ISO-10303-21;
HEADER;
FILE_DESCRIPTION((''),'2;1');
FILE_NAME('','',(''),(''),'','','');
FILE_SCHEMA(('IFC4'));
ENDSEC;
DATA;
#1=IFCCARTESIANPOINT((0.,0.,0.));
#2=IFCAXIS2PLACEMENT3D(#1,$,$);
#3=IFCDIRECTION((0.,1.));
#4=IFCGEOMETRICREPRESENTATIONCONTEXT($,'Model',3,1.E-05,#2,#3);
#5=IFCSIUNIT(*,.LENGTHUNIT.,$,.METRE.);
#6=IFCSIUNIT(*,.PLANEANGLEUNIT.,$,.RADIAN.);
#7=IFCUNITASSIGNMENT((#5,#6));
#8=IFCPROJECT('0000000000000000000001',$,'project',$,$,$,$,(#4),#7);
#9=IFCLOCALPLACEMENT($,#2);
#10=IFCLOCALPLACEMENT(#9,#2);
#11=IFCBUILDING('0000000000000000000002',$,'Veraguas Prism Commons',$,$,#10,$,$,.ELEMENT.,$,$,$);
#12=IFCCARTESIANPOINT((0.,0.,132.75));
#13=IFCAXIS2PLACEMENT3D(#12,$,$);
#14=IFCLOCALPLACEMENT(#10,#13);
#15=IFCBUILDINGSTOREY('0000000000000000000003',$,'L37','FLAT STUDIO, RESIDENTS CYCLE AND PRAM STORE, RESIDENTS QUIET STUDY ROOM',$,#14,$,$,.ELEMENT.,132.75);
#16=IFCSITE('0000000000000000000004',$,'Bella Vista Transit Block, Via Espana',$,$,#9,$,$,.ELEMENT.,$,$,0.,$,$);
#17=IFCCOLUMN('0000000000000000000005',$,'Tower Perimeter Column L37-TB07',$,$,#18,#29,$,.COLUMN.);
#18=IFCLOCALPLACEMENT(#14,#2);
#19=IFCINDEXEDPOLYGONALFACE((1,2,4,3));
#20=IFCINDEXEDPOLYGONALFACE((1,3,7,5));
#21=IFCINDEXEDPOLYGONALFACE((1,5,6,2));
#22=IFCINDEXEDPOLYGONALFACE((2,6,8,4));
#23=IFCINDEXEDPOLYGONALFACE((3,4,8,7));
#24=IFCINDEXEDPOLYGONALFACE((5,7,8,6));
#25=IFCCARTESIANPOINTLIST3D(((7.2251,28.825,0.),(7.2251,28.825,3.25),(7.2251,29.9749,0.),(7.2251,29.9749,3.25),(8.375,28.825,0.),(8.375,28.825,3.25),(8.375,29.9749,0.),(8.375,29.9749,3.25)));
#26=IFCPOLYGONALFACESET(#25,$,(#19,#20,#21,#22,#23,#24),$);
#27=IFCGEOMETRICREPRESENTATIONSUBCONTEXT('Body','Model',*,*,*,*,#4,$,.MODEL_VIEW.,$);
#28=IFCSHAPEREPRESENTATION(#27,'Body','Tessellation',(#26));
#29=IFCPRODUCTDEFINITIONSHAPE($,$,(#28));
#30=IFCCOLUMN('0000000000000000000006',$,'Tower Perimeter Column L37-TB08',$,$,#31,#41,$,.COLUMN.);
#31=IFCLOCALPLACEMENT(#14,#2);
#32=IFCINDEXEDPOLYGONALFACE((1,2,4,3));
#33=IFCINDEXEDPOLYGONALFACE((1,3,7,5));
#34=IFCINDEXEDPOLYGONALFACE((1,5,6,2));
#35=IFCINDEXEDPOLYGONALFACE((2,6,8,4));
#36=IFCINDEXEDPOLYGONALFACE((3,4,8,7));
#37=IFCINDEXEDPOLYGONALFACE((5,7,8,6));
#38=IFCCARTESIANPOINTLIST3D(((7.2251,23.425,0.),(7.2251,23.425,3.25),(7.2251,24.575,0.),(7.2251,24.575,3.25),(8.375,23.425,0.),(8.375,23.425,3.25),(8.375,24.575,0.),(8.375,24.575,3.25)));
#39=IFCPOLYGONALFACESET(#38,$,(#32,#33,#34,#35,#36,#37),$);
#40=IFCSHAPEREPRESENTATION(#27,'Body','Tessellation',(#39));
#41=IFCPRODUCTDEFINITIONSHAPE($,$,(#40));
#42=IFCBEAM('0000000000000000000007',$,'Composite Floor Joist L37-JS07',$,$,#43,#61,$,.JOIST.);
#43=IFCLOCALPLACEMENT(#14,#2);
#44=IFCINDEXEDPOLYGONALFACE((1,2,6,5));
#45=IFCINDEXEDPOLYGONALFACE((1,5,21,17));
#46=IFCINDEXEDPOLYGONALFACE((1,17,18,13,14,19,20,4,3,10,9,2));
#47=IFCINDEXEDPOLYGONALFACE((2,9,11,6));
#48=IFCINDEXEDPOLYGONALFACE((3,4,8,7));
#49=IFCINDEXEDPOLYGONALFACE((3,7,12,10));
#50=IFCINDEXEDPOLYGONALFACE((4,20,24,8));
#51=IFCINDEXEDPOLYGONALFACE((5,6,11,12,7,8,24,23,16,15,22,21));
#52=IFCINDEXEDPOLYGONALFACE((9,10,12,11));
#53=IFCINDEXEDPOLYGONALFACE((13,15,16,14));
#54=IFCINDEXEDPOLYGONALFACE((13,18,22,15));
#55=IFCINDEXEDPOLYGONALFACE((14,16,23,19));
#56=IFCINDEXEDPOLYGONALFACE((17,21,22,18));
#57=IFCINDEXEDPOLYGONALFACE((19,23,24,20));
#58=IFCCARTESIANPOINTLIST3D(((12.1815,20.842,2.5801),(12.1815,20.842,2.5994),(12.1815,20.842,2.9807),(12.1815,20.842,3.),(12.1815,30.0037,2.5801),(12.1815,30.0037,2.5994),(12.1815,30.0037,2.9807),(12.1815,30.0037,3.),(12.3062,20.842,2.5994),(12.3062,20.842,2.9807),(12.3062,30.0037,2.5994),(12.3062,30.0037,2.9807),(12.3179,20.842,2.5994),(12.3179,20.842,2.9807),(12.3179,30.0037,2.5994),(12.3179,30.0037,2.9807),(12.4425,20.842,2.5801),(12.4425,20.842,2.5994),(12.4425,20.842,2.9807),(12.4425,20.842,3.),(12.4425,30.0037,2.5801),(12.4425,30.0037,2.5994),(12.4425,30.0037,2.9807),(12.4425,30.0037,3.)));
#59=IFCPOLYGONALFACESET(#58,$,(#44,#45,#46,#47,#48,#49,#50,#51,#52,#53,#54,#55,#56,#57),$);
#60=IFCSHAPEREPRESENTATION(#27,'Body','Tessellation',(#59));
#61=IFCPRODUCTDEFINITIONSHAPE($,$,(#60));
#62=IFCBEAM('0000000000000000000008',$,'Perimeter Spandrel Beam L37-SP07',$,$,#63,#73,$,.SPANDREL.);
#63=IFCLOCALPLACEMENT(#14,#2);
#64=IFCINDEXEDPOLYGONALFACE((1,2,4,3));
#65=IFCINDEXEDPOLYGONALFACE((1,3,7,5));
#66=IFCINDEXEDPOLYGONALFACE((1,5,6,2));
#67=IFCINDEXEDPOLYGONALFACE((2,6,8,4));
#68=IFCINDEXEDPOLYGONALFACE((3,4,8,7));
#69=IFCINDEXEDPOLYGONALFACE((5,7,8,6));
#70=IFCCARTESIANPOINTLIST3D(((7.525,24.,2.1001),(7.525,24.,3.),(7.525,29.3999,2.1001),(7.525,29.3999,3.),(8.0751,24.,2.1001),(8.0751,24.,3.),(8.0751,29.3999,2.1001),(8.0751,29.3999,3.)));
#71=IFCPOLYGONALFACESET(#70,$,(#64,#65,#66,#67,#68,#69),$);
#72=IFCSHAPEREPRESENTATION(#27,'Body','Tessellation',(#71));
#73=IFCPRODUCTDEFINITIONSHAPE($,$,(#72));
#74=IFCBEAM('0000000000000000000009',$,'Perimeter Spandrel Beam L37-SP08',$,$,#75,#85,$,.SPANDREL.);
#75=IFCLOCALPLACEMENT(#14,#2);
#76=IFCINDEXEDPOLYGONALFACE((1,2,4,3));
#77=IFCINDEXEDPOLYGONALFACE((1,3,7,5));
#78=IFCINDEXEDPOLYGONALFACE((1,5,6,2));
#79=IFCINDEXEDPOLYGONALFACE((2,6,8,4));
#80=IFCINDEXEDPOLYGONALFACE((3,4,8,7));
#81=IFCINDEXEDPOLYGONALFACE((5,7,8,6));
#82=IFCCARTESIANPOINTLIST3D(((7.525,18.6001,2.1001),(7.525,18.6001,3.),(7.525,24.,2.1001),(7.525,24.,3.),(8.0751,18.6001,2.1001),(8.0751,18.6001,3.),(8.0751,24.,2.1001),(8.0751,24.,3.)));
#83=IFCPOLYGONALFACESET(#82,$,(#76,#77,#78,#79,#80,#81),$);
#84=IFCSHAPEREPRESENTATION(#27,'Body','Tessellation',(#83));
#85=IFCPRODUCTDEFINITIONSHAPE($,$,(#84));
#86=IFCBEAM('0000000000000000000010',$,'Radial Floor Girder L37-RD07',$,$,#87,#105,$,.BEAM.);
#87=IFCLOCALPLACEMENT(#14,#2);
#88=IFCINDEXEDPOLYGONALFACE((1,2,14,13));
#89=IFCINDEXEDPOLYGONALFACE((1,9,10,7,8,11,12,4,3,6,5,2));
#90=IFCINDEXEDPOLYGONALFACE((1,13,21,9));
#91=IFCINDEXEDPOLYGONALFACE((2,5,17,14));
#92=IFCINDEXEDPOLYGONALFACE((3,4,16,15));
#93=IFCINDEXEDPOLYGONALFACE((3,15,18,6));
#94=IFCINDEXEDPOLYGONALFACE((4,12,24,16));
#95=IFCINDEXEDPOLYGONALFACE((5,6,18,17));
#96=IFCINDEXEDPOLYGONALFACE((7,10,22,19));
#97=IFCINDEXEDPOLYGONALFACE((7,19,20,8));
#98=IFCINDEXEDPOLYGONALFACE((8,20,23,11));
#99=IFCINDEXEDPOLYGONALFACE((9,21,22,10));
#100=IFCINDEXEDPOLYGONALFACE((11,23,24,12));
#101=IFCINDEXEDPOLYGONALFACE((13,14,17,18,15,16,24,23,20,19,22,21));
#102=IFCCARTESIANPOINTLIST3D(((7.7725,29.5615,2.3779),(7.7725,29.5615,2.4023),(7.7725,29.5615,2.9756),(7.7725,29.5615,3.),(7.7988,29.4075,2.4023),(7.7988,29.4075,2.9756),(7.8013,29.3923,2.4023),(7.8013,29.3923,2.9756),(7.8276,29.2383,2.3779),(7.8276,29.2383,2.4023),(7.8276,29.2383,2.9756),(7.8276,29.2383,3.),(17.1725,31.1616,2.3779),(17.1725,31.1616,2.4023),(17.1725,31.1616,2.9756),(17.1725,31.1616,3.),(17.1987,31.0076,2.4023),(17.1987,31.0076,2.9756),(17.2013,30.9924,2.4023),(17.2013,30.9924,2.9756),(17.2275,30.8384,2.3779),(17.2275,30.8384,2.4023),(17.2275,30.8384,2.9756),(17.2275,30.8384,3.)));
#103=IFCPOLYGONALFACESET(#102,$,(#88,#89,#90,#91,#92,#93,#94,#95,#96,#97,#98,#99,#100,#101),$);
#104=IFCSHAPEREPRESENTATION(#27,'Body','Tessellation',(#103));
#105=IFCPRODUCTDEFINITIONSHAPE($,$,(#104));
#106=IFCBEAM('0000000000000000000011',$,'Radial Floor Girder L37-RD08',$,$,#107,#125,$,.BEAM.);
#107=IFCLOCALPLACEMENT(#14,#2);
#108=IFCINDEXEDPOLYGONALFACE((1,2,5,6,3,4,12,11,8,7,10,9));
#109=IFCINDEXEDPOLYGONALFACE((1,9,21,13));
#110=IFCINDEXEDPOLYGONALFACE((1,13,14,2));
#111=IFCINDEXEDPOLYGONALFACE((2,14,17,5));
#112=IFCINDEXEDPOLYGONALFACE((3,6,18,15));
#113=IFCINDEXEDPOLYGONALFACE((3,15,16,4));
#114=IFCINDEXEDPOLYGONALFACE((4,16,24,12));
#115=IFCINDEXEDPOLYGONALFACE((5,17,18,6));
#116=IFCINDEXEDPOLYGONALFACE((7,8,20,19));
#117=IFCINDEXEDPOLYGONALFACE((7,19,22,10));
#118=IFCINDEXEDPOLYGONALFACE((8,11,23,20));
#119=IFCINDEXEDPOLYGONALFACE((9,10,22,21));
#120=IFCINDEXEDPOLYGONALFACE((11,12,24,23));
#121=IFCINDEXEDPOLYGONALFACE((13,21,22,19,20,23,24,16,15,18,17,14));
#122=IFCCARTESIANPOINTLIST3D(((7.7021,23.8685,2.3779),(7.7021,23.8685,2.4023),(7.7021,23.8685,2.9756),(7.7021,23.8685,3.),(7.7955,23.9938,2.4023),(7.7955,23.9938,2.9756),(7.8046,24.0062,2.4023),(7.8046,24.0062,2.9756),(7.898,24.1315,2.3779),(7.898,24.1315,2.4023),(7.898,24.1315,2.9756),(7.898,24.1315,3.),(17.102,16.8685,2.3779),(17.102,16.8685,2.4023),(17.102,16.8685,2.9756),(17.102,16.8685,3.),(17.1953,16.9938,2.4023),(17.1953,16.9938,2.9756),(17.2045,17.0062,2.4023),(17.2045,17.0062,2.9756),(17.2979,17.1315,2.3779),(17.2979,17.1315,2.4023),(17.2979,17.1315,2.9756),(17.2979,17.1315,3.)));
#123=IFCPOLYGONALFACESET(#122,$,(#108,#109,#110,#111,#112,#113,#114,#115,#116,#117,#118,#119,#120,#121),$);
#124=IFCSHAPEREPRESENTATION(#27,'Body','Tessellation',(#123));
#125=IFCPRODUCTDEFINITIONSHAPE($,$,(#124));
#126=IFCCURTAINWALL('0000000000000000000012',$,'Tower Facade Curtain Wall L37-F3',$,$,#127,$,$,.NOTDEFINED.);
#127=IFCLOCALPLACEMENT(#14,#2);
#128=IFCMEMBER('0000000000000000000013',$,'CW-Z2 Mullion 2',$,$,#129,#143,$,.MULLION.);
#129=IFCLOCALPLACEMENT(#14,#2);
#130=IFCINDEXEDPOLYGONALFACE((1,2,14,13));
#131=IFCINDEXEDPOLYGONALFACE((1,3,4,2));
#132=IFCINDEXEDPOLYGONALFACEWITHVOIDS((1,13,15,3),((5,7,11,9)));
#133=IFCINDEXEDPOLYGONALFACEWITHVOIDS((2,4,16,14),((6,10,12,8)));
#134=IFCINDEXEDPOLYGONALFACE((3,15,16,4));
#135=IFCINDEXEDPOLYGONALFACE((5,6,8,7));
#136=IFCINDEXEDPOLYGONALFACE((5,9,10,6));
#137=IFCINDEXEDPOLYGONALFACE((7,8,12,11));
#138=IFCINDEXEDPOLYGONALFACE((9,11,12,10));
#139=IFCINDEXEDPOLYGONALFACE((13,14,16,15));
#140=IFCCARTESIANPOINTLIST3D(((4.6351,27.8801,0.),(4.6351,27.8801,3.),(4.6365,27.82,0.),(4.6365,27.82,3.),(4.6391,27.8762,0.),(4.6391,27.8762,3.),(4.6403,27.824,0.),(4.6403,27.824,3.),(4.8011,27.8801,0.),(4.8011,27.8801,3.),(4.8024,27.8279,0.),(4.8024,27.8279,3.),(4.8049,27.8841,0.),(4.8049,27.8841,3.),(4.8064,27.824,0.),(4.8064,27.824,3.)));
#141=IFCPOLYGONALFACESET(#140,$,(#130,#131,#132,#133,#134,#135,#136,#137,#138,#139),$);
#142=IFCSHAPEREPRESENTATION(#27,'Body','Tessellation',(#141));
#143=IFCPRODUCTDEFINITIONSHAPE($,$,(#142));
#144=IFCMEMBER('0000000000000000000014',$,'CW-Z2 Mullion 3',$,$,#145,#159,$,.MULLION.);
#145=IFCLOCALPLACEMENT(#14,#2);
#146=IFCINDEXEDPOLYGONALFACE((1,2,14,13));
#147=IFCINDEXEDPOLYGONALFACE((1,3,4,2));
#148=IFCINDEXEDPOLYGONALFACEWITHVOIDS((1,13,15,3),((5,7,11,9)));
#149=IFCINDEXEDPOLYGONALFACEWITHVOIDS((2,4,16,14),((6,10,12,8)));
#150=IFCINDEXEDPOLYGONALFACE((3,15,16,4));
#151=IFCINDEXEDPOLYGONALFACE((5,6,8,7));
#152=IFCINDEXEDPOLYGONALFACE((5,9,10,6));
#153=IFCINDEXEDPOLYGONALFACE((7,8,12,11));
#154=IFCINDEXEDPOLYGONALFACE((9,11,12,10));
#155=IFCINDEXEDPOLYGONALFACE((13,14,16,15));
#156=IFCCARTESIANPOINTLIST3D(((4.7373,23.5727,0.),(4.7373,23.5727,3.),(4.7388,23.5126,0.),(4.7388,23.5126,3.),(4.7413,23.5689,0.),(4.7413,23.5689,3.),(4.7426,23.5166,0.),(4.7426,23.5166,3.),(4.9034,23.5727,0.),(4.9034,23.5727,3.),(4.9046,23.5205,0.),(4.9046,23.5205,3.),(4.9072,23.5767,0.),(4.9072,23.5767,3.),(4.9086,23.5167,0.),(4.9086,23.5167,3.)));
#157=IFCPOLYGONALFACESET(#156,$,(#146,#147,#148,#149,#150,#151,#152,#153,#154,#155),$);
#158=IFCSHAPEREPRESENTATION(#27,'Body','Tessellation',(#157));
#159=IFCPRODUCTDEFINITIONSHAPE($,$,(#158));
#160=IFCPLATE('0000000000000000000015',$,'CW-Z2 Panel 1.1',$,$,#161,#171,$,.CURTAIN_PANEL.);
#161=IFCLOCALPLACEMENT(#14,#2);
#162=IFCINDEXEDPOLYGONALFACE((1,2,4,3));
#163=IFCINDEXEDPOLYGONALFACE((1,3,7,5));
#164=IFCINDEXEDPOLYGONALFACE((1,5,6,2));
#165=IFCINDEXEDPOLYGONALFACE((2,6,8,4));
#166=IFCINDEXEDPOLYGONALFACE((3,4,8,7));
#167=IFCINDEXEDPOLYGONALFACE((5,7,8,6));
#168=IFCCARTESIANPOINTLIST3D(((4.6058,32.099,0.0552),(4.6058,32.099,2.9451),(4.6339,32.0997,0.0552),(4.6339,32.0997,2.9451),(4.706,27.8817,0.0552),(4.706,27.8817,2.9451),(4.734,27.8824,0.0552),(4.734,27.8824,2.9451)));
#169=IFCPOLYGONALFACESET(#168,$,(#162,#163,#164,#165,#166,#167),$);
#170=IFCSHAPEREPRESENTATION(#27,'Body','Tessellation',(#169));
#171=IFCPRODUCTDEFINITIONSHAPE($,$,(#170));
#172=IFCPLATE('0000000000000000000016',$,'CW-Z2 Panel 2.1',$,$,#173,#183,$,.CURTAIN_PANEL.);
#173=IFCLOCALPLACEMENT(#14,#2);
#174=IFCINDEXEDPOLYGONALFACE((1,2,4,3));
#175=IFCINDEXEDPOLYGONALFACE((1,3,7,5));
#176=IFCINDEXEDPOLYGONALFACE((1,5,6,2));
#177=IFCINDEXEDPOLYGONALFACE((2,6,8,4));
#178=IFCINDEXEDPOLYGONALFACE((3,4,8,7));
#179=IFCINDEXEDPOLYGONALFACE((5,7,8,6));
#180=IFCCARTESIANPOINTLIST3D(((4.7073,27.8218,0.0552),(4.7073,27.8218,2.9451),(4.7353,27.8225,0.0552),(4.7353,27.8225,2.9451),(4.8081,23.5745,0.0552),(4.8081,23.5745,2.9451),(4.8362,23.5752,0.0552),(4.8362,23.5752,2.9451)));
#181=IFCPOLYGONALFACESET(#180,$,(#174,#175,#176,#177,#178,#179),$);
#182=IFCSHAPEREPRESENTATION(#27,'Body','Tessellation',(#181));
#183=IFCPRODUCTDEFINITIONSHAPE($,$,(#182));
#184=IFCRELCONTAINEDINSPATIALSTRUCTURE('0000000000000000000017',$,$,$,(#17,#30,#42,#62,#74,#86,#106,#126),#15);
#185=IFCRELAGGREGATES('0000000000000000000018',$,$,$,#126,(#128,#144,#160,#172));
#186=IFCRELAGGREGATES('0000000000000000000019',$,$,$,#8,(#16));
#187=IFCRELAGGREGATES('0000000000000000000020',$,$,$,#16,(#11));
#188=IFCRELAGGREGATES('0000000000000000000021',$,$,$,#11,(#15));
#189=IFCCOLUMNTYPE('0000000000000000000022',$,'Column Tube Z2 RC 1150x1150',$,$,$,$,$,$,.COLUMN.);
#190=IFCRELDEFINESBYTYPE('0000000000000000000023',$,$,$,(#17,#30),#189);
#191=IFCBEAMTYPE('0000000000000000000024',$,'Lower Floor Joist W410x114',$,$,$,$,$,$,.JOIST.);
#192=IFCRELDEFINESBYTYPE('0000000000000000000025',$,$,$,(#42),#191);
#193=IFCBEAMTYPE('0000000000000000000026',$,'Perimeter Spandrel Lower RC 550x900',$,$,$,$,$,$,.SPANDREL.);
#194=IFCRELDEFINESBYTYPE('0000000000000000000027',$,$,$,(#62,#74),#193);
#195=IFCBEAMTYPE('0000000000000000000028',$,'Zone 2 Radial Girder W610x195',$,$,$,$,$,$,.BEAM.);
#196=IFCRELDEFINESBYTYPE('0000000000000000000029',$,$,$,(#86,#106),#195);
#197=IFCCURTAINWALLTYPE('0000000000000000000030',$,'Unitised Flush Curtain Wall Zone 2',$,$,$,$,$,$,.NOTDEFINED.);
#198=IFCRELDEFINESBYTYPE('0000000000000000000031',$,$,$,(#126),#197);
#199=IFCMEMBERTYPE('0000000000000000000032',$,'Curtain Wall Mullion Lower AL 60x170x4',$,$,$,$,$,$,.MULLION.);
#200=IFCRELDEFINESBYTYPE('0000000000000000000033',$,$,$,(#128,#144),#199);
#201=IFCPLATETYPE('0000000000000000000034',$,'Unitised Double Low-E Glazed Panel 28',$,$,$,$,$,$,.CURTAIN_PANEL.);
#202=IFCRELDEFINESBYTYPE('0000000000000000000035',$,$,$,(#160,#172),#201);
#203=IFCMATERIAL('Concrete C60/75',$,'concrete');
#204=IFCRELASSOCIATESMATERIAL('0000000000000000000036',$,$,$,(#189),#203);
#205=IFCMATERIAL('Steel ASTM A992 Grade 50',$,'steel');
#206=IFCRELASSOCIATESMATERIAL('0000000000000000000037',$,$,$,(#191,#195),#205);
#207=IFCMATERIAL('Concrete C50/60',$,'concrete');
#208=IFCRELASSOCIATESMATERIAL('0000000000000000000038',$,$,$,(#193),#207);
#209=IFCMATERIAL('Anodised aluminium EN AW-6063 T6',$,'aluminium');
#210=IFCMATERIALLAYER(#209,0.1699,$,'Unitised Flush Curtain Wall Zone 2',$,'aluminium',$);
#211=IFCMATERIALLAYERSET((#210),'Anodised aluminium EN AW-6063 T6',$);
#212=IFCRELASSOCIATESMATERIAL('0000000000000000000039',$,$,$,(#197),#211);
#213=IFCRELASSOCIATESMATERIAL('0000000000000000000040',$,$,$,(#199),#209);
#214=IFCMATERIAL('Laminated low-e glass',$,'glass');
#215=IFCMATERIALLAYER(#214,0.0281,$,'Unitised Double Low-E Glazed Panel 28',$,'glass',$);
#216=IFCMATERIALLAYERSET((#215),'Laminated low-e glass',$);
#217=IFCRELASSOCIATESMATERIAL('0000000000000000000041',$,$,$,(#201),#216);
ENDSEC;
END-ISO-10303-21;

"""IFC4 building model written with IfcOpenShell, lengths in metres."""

from ifc_helpers import new_model, si_unit, direction, frame, origin, origin_2d, place, context, subcontext, project, spatial, rectangle, hollow_rectangle, i_section, extrude, source, transform, mapped, material, layer, layer_set, material_profile, profile_set, type_object, element, aggregate, save


model = new_model("IFC4")

# Units and contexts
model_context = context("Model", 3, precision=1e-05, world=origin(), true_north=direction((0.0, 1.0)))
body_context = subcontext(model_context, "Body", "Model", "MODEL_VIEW")
ifc_project = project(units=[si_unit("LENGTHUNIT", "METRE"), si_unit("PLANEANGLEUNIT", "RADIAN")], contexts=[model_context])

# Site, building, storey
site_placement = place(None, origin())
site = spatial("IfcSite", under=ifc_project, at=site_placement, Name="Bella Vista Transit Block, Via Espana", CompositionType="ELEMENT", RefElevation=0.0)
building_placement = place(site_placement, origin())
building = spatial("IfcBuilding", under=site, at=building_placement, Name="Veraguas Prism Commons", CompositionType="ELEMENT")
storey_placement = place(building_placement, frame((0.0, 0.0, 132.75)))
storey = spatial("IfcBuildingStorey", under=building, at=storey_placement, Name="L37", Description="FLAT STUDIO, RESIDENTS CYCLE AND PRAM STORE, RESIDENTS QUIET STUDY ROOM", CompositionType="ELEMENT", Elevation=132.75)

# Columns
ifc_material_1 = material(Name="Concrete C60/75", Category="concrete")
ifc_material_profile_1 = material_profile(ifc_material_1, rectangle(XDim=1.1499, YDim=1.1499, at=origin_2d()), Name="RC1150X1150")
ifc_profile_set_1 = profile_set([ifc_material_profile_1], Name="Concrete C60/75")
column_type = type_object("IfcColumnType", Name="Column Tube Z2 RC 1150x1150", PredefinedType="COLUMN", material=ifc_profile_set_1)
for number, where, z_axis, x_axis, name in (
    (1, (7.8, 29.3999, 0.0), (0.0, 0.0, 1.0), (1.0, 0.0, 0.0), "Tower Perimeter Column L37-TB07"),
    (2, (7.8, 24.0, 0.0), (0.0, 0.0, 1.0), (1.0, 0.0, 0.0), "Tower Perimeter Column L37-TB08"),
):
    element("IfcColumn", number, at=place(storey_placement, frame(where, z_axis=z_axis, x_axis=x_axis)), inside=storey, type_object=column_type, Name=name, PredefinedType="COLUMN", context=body_context, shape_type="SweptSolid", body=[
        extrude(rectangle(XDim=1.1499, YDim=1.1499, at=origin_2d()), origin(), (0.0, 0.0, 1.0), 3.25),
    ])

# Beams
ifc_material_2 = material(Name="Steel ASTM A992 Grade 50", Category="steel")
ifc_material_profile_2 = material_profile(ifc_material_2, i_section(OverallWidth=0.261, OverallDepth=0.4199, WebThickness=0.0117, FlangeThickness=0.0193, at=origin_2d()), Name="W410X114")
ifc_profile_set_2 = profile_set([ifc_material_profile_2], Name="Steel ASTM A992 Grade 50")
beam_type_1 = type_object("IfcBeamType", Name="Lower Floor Joist W410x114", PredefinedType="JOIST", material=ifc_profile_set_2)
beam_1_placement = place(storey_placement, frame((12.312, 30.0037, 2.79), z_axis=(0.0, -1.0, 0.0), x_axis=(1.0, 0.0, 0.0)))
element("IfcBeam", 3, at=beam_1_placement, inside=storey, type_object=beam_type_1, Name="Composite Floor Joist L37-JS07", PredefinedType="JOIST", context=body_context, shape_type="SweptSolid", body=[
    extrude(i_section(OverallWidth=0.261, OverallDepth=0.4199, WebThickness=0.0117, FlangeThickness=0.0193, at=origin_2d()), origin(), (0.0, 0.0, 1.0), 9.1616),
])
ifc_material_3 = material(Name="Concrete C50/60", Category="concrete")
ifc_material_profile_3 = material_profile(ifc_material_3, rectangle(XDim=0.55, YDim=0.8999, at=origin_2d()), Name="RC550X900")
ifc_profile_set_3 = profile_set([ifc_material_profile_3], Name="Concrete C50/60")
beam_type_2 = type_object("IfcBeamType", Name="Perimeter Spandrel Lower RC 550x900", PredefinedType="SPANDREL", material=ifc_profile_set_3)
for number, where, z_axis, x_axis, name in (
    (4, (7.8, 29.3999, 2.55), (0.0, -1.0, 0.0), (1.0, 0.0, 0.0), "Perimeter Spandrel Beam L37-SP07"),
    (5, (7.8, 24.0, 2.55), (0.0, -1.0, 0.0), (1.0, 0.0, 0.0), "Perimeter Spandrel Beam L37-SP08"),
):
    element("IfcBeam", number, at=place(storey_placement, frame(where, z_axis=z_axis, x_axis=x_axis)), inside=storey, type_object=beam_type_2, Name=name, PredefinedType="SPANDREL", context=body_context, shape_type="SweptSolid", body=[
        extrude(rectangle(XDim=0.55, YDim=0.8999, at=origin_2d()), origin(), (0.0, 0.0, 1.0), 5.3999),
    ])
ifc_material_profile_4 = material_profile(ifc_material_2, i_section(OverallWidth=0.3279, OverallDepth=0.6221, WebThickness=0.0154, FlangeThickness=0.0244, at=origin_2d()), Name="W610X195")
ifc_profile_set_4 = profile_set([ifc_material_profile_4], Name="Steel ASTM A992 Grade 50")
beam_type_3 = type_object("IfcBeamType", Name="Zone 2 Radial Girder W610x195", PredefinedType="BEAM", material=ifc_profile_set_4)
beam_2_placement = place(storey_placement, frame((7.8, 29.3999, 2.689), z_axis=(0.985819, 0.167811, 0.0), x_axis=(-0.167811, 0.985819, 0.0)))
element("IfcBeam", 6, at=beam_2_placement, inside=storey, type_object=beam_type_3, Name="Radial Floor Girder L37-RD07", PredefinedType="BEAM", context=body_context, shape_type="SweptSolid", body=[
    extrude(i_section(OverallWidth=0.3279, OverallDepth=0.6221, WebThickness=0.0154, FlangeThickness=0.0244, at=origin_2d()), origin(), (0.0, 0.0, 1.0), 9.5352),
])
beam_3_placement = place(storey_placement, frame((7.8, 24.0, 2.689), z_axis=(0.80204, -0.59727, 0.0), x_axis=(0.59727, 0.80204, 0.0)))
element("IfcBeam", 7, at=beam_3_placement, inside=storey, type_object=beam_type_3, Name="Radial Floor Girder L37-RD08", PredefinedType="BEAM", context=body_context, shape_type="SweptSolid", body=[
    extrude(i_section(OverallWidth=0.3279, OverallDepth=0.6221, WebThickness=0.0154, FlangeThickness=0.0244, at=origin_2d()), origin(), (0.0, 0.0, 1.0), 11.72),
])

# Curtain wall, members, plates
ifc_material_4 = material(Name="Anodised aluminium EN AW-6063 T6", Category="aluminium")
ifc_layer_1 = layer(ifc_material_4, 0.1699, Name="Unitised Flush Curtain Wall Zone 2", Category="aluminium")
ifc_layer_set_1 = layer_set([ifc_layer_1], Name="Anodised aluminium EN AW-6063 T6")
curtain_wall_type = type_object("IfcCurtainWallType", Name="Unitised Flush Curtain Wall Zone 2", PredefinedType="NOTDEFINED", material=ifc_layer_set_1)
curtain_wall_placement = place(storey_placement, origin())
curtain_wall = element("IfcCurtainWall", 8, at=curtain_wall_placement, inside=storey, type_object=curtain_wall_type, Name="Tower Facade Curtain Wall L37-F3", PredefinedType="NOTDEFINED")
ifc_material_profile_5 = material_profile(ifc_material_4, hollow_rectangle(XDim=0.0601, YDim=0.1699, WallThickness=0.0039, at=origin_2d()), Name="AL60X170X4")
ifc_profile_set_5 = profile_set([ifc_material_profile_5], Name="Anodised aluminium EN AW-6063 T6")
member_type = type_object("IfcMemberType", Name="Curtain Wall Mullion Lower AL 60x170x4", PredefinedType="MULLION", material=ifc_profile_set_5)
shared_shape_1 = source(origin(), body_context, "Body", "SweptSolid", [
    extrude(hollow_rectangle(XDim=0.0601, YDim=0.1699, WallThickness=0.0039, at=origin_2d()), origin(), (0.0, 0.0, 1.0), 3.0),
])
member_1_placement = place(storey_placement, frame((4.7207, 27.8521, 0.0), z_axis=(0.0, 0.0, 1.0), x_axis=(0.023738, -0.999718, 0.0)))
member_1 = element("IfcMember", 9, at=member_1_placement, type_object=member_type, Name="CW-Z2 Mullion 2", PredefinedType="MULLION", context=body_context, shape_type="MappedRepresentation", body=[
    mapped(shared_shape_1, transform((0.0, 0.0, 0.0), scale=1.0)),
])
member_2_placement = place(storey_placement, frame((4.823, 23.5447, 0.0), z_axis=(0.0, 0.0, 1.0), x_axis=(0.023738, -0.999718, 0.0)))
member_2 = element("IfcMember", 10, at=member_2_placement, type_object=member_type, Name="CW-Z2 Mullion 3", PredefinedType="MULLION", context=body_context, shape_type="MappedRepresentation", body=[
    mapped(shared_shape_1, transform((0.0, 0.0, 0.0), scale=1.0)),
])
ifc_material_5 = material(Name="Laminated low-e glass", Category="glass")
ifc_layer_2 = layer(ifc_material_5, 0.0281, Name="Unitised Double Low-E Glazed Panel 28", Category="glass")
ifc_layer_set_2 = layer_set([ifc_layer_2], Name="Laminated low-e glass")
plate_type = type_object("IfcPlateType", Name="Unitised Double Low-E Glazed Panel 28", PredefinedType="CURTAIN_PANEL", material=ifc_layer_set_2)
shared_shape_2 = source(origin(), body_context, "Body", "SweptSolid", [
    extrude(rectangle(XDim=4.2185, YDim=0.0281, at=origin_2d()), origin(), (0.0, 0.0, 1.0), 2.8899),
])
plate_1_placement = place(storey_placement, frame((4.6699, 29.9907, 0.0552), z_axis=(0.0, 0.0, 1.0), x_axis=(0.023738, -0.999718, 0.0)))
plate_1 = element("IfcPlate", 11, at=plate_1_placement, type_object=plate_type, Name="CW-Z2 Panel 1.1", PredefinedType="CURTAIN_PANEL", context=body_context, shape_type="MappedRepresentation", body=[
    mapped(shared_shape_2, transform((0.0, 0.0, 0.0), scale=1.0)),
])
shared_shape_3 = source(origin(), body_context, "Body", "SweptSolid", [
    extrude(rectangle(XDim=4.2485, YDim=0.0281, at=origin_2d()), origin(), (0.0, 0.0, 1.0), 2.8899),
])
plate_2_placement = place(storey_placement, frame((4.7717, 25.6985, 0.0552), z_axis=(0.0, 0.0, 1.0), x_axis=(0.023738, -0.999718, 0.0)))
plate_2 = element("IfcPlate", 12, at=plate_2_placement, type_object=plate_type, Name="CW-Z2 Panel 2.1", PredefinedType="CURTAIN_PANEL", context=body_context, shape_type="MappedRepresentation", body=[
    mapped(shared_shape_3, transform((0.0, 0.0, 0.0), scale=1.0)),
])
aggregate(curtain_wall, [member_1, member_2, plate_1, plate_2])

save(model, "model.ifc")
